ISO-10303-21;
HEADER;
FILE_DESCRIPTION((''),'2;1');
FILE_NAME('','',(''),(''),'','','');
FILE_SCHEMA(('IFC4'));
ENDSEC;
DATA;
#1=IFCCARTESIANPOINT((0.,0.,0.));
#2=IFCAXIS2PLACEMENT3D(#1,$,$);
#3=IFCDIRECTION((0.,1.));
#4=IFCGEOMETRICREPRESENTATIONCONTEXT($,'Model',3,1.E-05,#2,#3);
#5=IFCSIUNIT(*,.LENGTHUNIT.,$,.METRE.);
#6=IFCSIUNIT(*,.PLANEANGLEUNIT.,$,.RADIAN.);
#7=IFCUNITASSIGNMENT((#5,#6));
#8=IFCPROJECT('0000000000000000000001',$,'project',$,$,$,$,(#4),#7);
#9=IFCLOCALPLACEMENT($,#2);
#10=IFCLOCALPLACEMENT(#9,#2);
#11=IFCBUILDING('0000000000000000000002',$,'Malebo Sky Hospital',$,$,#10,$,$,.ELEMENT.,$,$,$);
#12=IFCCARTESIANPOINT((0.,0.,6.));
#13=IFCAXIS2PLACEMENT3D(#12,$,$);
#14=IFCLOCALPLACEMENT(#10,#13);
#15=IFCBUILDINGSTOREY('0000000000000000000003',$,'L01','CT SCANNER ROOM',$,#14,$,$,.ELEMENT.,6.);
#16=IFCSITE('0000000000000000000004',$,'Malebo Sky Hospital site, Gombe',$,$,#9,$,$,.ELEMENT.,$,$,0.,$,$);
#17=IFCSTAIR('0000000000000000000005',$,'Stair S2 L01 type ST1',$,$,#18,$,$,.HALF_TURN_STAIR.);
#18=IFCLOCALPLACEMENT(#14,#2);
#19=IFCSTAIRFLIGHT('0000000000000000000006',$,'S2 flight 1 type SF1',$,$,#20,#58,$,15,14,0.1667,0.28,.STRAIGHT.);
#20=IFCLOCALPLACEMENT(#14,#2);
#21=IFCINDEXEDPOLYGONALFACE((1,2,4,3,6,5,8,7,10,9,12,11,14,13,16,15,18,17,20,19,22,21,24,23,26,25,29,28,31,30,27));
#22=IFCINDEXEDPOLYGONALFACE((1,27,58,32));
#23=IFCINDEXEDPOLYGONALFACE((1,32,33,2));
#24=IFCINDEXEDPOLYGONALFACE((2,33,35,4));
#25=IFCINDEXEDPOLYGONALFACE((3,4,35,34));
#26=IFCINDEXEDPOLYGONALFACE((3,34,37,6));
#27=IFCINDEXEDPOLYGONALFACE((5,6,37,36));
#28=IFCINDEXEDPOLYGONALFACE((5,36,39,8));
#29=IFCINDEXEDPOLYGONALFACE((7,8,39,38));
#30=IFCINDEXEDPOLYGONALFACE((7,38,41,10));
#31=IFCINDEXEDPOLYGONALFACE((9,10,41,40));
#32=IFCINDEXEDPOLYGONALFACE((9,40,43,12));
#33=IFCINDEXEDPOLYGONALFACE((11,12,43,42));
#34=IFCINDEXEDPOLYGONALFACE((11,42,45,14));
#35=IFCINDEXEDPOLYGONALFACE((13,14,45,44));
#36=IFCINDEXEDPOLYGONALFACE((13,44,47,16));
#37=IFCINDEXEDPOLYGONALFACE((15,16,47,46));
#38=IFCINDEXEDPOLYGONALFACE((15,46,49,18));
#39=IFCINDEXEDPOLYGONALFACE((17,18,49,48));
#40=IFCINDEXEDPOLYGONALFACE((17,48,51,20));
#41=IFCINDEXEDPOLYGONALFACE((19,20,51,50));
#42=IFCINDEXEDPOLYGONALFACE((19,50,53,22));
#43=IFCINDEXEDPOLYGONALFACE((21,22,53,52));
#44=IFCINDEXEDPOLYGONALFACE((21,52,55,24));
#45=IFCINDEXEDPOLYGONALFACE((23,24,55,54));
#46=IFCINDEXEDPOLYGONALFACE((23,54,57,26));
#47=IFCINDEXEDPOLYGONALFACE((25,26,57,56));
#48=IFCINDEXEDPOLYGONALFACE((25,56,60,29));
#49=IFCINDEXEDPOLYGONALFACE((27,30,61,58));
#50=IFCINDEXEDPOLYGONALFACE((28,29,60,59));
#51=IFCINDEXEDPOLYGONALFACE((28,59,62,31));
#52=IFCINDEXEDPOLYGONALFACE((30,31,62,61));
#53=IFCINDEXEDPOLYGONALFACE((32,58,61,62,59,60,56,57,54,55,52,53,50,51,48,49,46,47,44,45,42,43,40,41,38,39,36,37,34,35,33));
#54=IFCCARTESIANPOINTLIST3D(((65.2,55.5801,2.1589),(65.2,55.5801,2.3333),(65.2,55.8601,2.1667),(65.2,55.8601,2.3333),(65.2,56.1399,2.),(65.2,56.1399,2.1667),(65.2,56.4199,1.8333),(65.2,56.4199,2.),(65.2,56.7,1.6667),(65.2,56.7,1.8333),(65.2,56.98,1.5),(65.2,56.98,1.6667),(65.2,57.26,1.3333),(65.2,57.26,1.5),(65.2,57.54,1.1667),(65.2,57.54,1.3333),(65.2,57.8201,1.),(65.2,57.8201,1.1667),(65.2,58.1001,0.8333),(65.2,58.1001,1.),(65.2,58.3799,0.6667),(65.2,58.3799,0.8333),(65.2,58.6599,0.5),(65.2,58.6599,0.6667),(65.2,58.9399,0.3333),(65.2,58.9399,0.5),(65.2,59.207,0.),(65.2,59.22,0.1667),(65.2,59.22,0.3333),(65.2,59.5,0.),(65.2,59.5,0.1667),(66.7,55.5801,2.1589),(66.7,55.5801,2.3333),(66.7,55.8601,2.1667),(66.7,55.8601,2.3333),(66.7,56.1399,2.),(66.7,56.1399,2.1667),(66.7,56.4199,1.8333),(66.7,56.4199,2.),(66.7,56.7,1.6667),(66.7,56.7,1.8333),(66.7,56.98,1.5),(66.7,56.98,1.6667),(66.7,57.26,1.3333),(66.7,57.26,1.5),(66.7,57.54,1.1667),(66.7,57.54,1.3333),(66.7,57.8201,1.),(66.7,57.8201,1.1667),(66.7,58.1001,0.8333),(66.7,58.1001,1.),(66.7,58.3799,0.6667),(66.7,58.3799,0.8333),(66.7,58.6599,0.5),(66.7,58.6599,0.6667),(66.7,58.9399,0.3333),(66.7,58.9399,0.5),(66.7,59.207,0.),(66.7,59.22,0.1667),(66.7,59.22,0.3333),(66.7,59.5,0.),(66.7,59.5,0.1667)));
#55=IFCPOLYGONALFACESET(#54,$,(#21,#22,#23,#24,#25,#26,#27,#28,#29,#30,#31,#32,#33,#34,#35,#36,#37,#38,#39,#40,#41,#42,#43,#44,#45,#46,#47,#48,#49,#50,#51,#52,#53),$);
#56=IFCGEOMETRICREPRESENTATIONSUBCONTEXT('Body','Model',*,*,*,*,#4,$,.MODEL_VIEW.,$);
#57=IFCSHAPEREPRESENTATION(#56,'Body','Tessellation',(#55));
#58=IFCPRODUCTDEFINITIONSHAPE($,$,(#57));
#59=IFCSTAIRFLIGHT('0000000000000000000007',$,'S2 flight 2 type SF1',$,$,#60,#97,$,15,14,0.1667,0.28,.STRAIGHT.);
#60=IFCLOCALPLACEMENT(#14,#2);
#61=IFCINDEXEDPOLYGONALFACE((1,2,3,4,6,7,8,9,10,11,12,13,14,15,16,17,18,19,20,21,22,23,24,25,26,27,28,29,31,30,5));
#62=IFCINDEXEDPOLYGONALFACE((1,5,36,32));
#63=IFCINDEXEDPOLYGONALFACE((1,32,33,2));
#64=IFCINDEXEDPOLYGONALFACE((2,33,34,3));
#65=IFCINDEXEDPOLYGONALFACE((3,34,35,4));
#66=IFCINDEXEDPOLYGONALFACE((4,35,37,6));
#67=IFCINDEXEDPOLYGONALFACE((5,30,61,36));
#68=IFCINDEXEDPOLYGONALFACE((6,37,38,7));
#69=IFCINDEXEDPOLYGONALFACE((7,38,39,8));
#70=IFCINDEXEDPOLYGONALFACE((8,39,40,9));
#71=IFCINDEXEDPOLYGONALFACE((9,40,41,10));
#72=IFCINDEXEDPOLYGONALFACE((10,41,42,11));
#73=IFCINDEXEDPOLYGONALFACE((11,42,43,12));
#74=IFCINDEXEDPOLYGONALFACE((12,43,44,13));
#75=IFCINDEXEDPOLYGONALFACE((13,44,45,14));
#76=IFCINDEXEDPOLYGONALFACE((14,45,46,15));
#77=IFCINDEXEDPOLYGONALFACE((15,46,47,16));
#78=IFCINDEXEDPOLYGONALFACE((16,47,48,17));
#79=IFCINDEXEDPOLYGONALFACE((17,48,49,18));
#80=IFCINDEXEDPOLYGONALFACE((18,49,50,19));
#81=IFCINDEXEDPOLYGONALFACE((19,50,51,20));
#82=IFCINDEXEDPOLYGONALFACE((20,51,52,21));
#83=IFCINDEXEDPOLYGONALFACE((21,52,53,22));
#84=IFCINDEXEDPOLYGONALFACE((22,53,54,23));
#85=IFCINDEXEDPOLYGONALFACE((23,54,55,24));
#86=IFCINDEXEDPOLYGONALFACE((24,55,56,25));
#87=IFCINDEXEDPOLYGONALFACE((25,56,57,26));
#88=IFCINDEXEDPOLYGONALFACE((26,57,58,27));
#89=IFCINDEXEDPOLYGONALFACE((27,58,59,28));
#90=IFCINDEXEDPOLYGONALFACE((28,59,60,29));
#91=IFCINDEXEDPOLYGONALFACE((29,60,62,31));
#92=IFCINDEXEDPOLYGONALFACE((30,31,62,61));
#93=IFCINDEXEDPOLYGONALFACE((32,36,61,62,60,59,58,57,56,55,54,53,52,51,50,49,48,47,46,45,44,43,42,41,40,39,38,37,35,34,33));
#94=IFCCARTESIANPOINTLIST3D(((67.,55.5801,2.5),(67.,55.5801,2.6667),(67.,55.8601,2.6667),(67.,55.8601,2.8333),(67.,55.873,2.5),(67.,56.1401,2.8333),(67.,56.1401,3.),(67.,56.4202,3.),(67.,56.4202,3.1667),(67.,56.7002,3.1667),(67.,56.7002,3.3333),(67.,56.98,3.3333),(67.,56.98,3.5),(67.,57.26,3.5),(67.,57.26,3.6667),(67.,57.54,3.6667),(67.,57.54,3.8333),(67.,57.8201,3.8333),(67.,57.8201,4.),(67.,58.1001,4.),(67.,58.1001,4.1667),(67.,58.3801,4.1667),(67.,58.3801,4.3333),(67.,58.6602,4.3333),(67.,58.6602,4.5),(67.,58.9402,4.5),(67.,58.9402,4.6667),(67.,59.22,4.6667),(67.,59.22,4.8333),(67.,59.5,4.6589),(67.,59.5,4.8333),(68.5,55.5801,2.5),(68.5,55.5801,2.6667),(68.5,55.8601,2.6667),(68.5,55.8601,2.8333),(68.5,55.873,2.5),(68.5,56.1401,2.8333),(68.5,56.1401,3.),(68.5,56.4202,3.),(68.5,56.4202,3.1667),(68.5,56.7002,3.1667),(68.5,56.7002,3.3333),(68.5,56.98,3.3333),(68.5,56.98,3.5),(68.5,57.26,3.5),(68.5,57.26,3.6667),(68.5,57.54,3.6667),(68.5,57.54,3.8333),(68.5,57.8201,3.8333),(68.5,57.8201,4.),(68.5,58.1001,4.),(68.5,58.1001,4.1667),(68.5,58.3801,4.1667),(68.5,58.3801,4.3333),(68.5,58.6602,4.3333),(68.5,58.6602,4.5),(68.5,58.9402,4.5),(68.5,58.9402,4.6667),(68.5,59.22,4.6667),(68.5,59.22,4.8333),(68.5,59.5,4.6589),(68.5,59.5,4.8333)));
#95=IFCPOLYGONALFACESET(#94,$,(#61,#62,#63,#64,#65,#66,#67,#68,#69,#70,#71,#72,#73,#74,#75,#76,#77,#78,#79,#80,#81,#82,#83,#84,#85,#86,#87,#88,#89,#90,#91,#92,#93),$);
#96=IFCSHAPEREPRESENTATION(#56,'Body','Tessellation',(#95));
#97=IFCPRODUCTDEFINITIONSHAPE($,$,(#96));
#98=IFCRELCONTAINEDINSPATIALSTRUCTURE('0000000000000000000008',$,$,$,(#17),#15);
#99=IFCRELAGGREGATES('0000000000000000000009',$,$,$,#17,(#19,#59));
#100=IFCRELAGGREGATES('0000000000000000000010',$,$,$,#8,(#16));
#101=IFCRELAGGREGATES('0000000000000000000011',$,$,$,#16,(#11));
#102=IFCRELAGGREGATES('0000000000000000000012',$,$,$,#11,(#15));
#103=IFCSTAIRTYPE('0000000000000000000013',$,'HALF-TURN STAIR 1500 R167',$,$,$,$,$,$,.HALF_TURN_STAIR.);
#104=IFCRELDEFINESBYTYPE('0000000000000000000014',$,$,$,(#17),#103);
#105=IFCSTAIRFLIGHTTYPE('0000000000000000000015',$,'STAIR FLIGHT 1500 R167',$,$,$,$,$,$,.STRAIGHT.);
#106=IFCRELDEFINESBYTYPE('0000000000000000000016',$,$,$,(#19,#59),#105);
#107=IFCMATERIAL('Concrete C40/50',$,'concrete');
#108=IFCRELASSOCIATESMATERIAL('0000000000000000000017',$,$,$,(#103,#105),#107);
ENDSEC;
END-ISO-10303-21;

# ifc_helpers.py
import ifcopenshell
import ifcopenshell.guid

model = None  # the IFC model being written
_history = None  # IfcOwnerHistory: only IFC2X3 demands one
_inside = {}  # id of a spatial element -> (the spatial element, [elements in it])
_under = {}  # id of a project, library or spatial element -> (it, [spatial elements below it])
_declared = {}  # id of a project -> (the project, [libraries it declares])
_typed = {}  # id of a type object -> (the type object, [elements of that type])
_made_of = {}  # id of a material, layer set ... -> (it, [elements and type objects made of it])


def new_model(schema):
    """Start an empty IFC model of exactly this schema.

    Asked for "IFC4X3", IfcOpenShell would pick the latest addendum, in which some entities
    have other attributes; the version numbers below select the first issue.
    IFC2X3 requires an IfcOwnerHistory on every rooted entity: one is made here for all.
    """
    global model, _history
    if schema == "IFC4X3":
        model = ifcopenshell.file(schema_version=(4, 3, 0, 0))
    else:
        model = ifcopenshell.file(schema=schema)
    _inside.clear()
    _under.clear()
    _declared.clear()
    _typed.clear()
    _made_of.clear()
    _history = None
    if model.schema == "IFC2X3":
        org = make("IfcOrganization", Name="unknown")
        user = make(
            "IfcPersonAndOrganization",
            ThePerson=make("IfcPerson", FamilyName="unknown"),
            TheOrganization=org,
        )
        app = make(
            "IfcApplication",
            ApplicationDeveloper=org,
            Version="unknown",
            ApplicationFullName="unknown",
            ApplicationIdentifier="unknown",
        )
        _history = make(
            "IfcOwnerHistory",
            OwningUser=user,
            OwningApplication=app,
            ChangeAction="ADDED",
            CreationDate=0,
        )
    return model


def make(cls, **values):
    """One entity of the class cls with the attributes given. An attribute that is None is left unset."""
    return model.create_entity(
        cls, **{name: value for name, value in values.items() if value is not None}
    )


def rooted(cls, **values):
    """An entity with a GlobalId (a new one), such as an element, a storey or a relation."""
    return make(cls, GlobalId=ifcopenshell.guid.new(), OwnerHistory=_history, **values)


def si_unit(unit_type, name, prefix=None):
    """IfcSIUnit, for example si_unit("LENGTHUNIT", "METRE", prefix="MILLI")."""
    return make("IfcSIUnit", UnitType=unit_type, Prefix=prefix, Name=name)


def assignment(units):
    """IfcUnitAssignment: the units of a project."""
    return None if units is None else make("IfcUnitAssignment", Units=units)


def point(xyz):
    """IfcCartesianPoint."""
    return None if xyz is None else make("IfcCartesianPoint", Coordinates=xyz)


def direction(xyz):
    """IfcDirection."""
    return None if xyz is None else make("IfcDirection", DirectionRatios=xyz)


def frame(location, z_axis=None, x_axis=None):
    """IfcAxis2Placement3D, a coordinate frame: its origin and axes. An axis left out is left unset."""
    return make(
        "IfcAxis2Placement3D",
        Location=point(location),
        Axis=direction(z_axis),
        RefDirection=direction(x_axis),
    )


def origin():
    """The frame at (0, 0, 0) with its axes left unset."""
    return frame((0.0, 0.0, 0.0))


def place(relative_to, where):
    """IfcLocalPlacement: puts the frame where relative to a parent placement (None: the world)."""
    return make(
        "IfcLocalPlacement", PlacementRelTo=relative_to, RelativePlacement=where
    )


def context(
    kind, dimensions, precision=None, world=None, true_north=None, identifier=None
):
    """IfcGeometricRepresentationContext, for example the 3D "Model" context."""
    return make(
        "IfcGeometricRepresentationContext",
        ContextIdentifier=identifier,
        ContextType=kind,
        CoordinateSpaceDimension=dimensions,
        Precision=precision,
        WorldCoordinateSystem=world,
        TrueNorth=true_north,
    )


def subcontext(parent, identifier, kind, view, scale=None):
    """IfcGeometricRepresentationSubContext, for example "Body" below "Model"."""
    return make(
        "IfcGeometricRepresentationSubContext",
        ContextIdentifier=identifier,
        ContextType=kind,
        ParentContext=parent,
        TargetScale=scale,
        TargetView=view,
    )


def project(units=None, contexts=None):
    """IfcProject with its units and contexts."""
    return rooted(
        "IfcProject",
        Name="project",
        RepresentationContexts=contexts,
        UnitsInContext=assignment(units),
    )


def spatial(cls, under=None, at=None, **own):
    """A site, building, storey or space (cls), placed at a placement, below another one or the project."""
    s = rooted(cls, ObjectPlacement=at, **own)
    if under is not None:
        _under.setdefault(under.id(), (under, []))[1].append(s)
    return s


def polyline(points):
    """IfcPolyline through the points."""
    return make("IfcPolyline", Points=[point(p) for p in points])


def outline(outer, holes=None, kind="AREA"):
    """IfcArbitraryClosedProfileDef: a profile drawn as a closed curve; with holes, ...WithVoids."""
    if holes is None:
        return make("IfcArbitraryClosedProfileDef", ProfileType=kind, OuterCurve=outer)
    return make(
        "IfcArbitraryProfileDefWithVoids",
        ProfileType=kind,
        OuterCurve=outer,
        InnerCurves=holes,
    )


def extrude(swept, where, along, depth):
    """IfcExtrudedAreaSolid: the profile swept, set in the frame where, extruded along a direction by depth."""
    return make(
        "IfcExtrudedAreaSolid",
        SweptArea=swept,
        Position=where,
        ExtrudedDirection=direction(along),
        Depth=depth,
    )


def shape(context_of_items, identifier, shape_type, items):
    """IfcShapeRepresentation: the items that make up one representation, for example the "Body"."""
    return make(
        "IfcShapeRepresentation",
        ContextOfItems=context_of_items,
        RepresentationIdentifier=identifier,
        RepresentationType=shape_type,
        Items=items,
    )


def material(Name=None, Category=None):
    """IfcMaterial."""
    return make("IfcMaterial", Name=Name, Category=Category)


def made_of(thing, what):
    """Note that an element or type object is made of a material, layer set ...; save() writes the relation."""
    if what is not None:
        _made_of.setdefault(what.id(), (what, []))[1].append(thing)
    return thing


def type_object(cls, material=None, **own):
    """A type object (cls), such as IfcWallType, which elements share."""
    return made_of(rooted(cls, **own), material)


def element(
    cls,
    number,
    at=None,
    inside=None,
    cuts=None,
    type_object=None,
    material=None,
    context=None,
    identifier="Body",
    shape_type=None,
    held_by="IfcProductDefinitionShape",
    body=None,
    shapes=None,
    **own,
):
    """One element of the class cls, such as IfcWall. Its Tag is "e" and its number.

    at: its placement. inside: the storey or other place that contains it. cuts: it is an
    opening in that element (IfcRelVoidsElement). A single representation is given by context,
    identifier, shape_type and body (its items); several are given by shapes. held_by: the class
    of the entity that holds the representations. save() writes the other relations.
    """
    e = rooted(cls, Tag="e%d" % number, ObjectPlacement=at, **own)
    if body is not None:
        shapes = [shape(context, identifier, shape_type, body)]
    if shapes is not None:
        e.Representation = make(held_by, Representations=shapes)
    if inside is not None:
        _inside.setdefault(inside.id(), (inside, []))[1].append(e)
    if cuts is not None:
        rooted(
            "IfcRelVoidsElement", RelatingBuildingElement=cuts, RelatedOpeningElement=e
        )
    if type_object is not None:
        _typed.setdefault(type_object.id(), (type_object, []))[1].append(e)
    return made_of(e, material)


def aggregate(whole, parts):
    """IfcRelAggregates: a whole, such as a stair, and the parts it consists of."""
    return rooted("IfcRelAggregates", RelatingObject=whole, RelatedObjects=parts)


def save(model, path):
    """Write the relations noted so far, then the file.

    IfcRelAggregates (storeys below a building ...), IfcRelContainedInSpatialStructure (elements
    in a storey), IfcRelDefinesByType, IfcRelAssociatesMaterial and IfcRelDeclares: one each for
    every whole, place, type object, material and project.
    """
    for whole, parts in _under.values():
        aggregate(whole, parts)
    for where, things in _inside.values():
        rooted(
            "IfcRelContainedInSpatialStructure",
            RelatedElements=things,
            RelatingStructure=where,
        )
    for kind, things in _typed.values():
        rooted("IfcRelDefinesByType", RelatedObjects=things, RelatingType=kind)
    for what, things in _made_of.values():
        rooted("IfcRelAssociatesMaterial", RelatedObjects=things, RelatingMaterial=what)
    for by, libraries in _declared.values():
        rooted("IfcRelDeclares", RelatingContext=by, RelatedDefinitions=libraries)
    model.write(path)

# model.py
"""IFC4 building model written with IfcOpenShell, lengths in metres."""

from ifc_helpers import new_model, si_unit, direction, frame, origin, place, context, subcontext, project, spatial, polyline, outline, extrude, material, type_object, element, aggregate, save


model = new_model("IFC4")

# Units and contexts
model_context = context("Model", 3, precision=1e-05, world=origin(), true_north=direction((0.0, 1.0)))
body_context = subcontext(model_context, "Body", "Model", "MODEL_VIEW")
ifc_project = project(units=[si_unit("LENGTHUNIT", "METRE"), si_unit("PLANEANGLEUNIT", "RADIAN")], contexts=[model_context])

# Site, building, storey
site_placement = place(None, origin())
site = spatial("IfcSite", under=ifc_project, at=site_placement, Name="Malebo Sky Hospital site, Gombe", CompositionType="ELEMENT", RefElevation=0.0)
building_placement = place(site_placement, origin())
building = spatial("IfcBuilding", under=site, at=building_placement, Name="Malebo Sky Hospital", CompositionType="ELEMENT")
storey_placement = place(building_placement, frame((0.0, 0.0, 6.0)))
storey = spatial("IfcBuildingStorey", under=building, at=storey_placement, Name="L01", Description="CT SCANNER ROOM", CompositionType="ELEMENT", Elevation=6.0)

# Stair, stair flights
ifc_material_1 = material(Name="Concrete C40/50", Category="concrete")
stair_type = type_object("IfcStairType", Name="HALF-TURN STAIR 1500 R167", PredefinedType="HALF_TURN_STAIR", material=ifc_material_1)
stair_placement = place(storey_placement, origin())
stair = element("IfcStair", 1, at=stair_placement, inside=storey, type_object=stair_type, Name="Stair S2 L01 type ST1", PredefinedType="HALF_TURN_STAIR")
stair_flight_type = type_object("IfcStairFlightType", Name="STAIR FLIGHT 1500 R167", PredefinedType="STRAIGHT", material=ifc_material_1)
stair_flight_1_placement = place(storey_placement, frame((65.95, 59.5, 0.0), z_axis=(0.0, 0.0, 1.0), x_axis=(0.0, -1.0, 0.0)))
stair_flight_1 = element("IfcStairFlight", 2, at=stair_flight_1_placement, type_object=stair_flight_type, Name="S2 flight 1 type SF1", NumberOfRisers=15, NumberOfTreads=14, PredefinedType="STRAIGHT", RiserHeight=0.1667, TreadLength=0.28, context=body_context, shape_type="SweptSolid", body=[
    extrude(outline(polyline([(0.0, 0.0), (0.0, 0.1667), (0.28, 0.1667), (0.28, 0.3333), (0.5601, 0.3333), (0.5601, 0.5), (0.8401, 0.5), (0.8401, 0.6667), (1.1201, 0.6667), (1.1201, 0.8333), (1.3999, 0.8333), (1.3999, 1.0), (1.6799, 1.0), (1.6799, 1.1667), (1.96, 1.1667), (1.96, 1.3333), (2.24, 1.3333), (2.24, 1.5), (2.52, 1.5), (2.52, 1.6667), (2.8, 1.6667), (2.8, 1.8333), (3.0801, 1.8333), (3.0801, 2.0), (3.3601, 2.0), (3.3601, 2.1667), (3.6399, 2.1667), (3.6399, 2.3333), (3.9199, 2.3333), (3.9199, 2.5), (3.9199, 2.1589), (0.293, 0.0), (0.0, 0.0)])), frame((0.0, 0.75, 0.0), z_axis=(0.0, -1.0, 0.0), x_axis=(1.0, 0.0, 0.0)), (0.0, 0.0, 1.0), 1.5),
])
stair_flight_2_placement = place(storey_placement, frame((67.75, 55.5801, 2.5), z_axis=(0.0, 0.0, 1.0), x_axis=(0.0, 1.0, 0.0)))
stair_flight_2 = element("IfcStairFlight", 3, at=stair_flight_2_placement, type_object=stair_flight_type, Name="S2 flight 2 type SF1", NumberOfRisers=15, NumberOfTreads=14, PredefinedType="STRAIGHT", RiserHeight=0.1667, TreadLength=0.28, context=body_context, shape_type="SweptSolid", body=[
    extrude(outline(polyline([(0.0, 0.0), (0.0, 0.1667), (0.28, 0.1667), (0.28, 0.3333), (0.5601, 0.3333), (0.5601, 0.5), (0.8401, 0.5), (0.8401, 0.6667), (1.1201, 0.6667), (1.1201, 0.8333), (1.3999, 0.8333), (1.3999, 1.0), (1.6799, 1.0), (1.6799, 1.1667), (1.96, 1.1667), (1.96, 1.3333), (2.24, 1.3333), (2.24, 1.5), (2.52, 1.5), (2.52, 1.6667), (2.8, 1.6667), (2.8, 1.8333), (3.0801, 1.8333), (3.0801, 2.0), (3.3601, 2.0), (3.3601, 2.1667), (3.6399, 2.1667), (3.6399, 2.3333), (3.9199, 2.3333), (3.9199, 2.5), (3.9199, 2.1589), (0.293, 0.0), (0.0, 0.0)])), frame((0.0, 0.75, 0.0), z_axis=(0.0, -1.0, 0.0), x_axis=(1.0, 0.0, 0.0)), (0.0, 0.0, 1.0), 1.5),
])
aggregate(stair, [stair_flight_1, stair_flight_2])

save(model, "model.ifc")
